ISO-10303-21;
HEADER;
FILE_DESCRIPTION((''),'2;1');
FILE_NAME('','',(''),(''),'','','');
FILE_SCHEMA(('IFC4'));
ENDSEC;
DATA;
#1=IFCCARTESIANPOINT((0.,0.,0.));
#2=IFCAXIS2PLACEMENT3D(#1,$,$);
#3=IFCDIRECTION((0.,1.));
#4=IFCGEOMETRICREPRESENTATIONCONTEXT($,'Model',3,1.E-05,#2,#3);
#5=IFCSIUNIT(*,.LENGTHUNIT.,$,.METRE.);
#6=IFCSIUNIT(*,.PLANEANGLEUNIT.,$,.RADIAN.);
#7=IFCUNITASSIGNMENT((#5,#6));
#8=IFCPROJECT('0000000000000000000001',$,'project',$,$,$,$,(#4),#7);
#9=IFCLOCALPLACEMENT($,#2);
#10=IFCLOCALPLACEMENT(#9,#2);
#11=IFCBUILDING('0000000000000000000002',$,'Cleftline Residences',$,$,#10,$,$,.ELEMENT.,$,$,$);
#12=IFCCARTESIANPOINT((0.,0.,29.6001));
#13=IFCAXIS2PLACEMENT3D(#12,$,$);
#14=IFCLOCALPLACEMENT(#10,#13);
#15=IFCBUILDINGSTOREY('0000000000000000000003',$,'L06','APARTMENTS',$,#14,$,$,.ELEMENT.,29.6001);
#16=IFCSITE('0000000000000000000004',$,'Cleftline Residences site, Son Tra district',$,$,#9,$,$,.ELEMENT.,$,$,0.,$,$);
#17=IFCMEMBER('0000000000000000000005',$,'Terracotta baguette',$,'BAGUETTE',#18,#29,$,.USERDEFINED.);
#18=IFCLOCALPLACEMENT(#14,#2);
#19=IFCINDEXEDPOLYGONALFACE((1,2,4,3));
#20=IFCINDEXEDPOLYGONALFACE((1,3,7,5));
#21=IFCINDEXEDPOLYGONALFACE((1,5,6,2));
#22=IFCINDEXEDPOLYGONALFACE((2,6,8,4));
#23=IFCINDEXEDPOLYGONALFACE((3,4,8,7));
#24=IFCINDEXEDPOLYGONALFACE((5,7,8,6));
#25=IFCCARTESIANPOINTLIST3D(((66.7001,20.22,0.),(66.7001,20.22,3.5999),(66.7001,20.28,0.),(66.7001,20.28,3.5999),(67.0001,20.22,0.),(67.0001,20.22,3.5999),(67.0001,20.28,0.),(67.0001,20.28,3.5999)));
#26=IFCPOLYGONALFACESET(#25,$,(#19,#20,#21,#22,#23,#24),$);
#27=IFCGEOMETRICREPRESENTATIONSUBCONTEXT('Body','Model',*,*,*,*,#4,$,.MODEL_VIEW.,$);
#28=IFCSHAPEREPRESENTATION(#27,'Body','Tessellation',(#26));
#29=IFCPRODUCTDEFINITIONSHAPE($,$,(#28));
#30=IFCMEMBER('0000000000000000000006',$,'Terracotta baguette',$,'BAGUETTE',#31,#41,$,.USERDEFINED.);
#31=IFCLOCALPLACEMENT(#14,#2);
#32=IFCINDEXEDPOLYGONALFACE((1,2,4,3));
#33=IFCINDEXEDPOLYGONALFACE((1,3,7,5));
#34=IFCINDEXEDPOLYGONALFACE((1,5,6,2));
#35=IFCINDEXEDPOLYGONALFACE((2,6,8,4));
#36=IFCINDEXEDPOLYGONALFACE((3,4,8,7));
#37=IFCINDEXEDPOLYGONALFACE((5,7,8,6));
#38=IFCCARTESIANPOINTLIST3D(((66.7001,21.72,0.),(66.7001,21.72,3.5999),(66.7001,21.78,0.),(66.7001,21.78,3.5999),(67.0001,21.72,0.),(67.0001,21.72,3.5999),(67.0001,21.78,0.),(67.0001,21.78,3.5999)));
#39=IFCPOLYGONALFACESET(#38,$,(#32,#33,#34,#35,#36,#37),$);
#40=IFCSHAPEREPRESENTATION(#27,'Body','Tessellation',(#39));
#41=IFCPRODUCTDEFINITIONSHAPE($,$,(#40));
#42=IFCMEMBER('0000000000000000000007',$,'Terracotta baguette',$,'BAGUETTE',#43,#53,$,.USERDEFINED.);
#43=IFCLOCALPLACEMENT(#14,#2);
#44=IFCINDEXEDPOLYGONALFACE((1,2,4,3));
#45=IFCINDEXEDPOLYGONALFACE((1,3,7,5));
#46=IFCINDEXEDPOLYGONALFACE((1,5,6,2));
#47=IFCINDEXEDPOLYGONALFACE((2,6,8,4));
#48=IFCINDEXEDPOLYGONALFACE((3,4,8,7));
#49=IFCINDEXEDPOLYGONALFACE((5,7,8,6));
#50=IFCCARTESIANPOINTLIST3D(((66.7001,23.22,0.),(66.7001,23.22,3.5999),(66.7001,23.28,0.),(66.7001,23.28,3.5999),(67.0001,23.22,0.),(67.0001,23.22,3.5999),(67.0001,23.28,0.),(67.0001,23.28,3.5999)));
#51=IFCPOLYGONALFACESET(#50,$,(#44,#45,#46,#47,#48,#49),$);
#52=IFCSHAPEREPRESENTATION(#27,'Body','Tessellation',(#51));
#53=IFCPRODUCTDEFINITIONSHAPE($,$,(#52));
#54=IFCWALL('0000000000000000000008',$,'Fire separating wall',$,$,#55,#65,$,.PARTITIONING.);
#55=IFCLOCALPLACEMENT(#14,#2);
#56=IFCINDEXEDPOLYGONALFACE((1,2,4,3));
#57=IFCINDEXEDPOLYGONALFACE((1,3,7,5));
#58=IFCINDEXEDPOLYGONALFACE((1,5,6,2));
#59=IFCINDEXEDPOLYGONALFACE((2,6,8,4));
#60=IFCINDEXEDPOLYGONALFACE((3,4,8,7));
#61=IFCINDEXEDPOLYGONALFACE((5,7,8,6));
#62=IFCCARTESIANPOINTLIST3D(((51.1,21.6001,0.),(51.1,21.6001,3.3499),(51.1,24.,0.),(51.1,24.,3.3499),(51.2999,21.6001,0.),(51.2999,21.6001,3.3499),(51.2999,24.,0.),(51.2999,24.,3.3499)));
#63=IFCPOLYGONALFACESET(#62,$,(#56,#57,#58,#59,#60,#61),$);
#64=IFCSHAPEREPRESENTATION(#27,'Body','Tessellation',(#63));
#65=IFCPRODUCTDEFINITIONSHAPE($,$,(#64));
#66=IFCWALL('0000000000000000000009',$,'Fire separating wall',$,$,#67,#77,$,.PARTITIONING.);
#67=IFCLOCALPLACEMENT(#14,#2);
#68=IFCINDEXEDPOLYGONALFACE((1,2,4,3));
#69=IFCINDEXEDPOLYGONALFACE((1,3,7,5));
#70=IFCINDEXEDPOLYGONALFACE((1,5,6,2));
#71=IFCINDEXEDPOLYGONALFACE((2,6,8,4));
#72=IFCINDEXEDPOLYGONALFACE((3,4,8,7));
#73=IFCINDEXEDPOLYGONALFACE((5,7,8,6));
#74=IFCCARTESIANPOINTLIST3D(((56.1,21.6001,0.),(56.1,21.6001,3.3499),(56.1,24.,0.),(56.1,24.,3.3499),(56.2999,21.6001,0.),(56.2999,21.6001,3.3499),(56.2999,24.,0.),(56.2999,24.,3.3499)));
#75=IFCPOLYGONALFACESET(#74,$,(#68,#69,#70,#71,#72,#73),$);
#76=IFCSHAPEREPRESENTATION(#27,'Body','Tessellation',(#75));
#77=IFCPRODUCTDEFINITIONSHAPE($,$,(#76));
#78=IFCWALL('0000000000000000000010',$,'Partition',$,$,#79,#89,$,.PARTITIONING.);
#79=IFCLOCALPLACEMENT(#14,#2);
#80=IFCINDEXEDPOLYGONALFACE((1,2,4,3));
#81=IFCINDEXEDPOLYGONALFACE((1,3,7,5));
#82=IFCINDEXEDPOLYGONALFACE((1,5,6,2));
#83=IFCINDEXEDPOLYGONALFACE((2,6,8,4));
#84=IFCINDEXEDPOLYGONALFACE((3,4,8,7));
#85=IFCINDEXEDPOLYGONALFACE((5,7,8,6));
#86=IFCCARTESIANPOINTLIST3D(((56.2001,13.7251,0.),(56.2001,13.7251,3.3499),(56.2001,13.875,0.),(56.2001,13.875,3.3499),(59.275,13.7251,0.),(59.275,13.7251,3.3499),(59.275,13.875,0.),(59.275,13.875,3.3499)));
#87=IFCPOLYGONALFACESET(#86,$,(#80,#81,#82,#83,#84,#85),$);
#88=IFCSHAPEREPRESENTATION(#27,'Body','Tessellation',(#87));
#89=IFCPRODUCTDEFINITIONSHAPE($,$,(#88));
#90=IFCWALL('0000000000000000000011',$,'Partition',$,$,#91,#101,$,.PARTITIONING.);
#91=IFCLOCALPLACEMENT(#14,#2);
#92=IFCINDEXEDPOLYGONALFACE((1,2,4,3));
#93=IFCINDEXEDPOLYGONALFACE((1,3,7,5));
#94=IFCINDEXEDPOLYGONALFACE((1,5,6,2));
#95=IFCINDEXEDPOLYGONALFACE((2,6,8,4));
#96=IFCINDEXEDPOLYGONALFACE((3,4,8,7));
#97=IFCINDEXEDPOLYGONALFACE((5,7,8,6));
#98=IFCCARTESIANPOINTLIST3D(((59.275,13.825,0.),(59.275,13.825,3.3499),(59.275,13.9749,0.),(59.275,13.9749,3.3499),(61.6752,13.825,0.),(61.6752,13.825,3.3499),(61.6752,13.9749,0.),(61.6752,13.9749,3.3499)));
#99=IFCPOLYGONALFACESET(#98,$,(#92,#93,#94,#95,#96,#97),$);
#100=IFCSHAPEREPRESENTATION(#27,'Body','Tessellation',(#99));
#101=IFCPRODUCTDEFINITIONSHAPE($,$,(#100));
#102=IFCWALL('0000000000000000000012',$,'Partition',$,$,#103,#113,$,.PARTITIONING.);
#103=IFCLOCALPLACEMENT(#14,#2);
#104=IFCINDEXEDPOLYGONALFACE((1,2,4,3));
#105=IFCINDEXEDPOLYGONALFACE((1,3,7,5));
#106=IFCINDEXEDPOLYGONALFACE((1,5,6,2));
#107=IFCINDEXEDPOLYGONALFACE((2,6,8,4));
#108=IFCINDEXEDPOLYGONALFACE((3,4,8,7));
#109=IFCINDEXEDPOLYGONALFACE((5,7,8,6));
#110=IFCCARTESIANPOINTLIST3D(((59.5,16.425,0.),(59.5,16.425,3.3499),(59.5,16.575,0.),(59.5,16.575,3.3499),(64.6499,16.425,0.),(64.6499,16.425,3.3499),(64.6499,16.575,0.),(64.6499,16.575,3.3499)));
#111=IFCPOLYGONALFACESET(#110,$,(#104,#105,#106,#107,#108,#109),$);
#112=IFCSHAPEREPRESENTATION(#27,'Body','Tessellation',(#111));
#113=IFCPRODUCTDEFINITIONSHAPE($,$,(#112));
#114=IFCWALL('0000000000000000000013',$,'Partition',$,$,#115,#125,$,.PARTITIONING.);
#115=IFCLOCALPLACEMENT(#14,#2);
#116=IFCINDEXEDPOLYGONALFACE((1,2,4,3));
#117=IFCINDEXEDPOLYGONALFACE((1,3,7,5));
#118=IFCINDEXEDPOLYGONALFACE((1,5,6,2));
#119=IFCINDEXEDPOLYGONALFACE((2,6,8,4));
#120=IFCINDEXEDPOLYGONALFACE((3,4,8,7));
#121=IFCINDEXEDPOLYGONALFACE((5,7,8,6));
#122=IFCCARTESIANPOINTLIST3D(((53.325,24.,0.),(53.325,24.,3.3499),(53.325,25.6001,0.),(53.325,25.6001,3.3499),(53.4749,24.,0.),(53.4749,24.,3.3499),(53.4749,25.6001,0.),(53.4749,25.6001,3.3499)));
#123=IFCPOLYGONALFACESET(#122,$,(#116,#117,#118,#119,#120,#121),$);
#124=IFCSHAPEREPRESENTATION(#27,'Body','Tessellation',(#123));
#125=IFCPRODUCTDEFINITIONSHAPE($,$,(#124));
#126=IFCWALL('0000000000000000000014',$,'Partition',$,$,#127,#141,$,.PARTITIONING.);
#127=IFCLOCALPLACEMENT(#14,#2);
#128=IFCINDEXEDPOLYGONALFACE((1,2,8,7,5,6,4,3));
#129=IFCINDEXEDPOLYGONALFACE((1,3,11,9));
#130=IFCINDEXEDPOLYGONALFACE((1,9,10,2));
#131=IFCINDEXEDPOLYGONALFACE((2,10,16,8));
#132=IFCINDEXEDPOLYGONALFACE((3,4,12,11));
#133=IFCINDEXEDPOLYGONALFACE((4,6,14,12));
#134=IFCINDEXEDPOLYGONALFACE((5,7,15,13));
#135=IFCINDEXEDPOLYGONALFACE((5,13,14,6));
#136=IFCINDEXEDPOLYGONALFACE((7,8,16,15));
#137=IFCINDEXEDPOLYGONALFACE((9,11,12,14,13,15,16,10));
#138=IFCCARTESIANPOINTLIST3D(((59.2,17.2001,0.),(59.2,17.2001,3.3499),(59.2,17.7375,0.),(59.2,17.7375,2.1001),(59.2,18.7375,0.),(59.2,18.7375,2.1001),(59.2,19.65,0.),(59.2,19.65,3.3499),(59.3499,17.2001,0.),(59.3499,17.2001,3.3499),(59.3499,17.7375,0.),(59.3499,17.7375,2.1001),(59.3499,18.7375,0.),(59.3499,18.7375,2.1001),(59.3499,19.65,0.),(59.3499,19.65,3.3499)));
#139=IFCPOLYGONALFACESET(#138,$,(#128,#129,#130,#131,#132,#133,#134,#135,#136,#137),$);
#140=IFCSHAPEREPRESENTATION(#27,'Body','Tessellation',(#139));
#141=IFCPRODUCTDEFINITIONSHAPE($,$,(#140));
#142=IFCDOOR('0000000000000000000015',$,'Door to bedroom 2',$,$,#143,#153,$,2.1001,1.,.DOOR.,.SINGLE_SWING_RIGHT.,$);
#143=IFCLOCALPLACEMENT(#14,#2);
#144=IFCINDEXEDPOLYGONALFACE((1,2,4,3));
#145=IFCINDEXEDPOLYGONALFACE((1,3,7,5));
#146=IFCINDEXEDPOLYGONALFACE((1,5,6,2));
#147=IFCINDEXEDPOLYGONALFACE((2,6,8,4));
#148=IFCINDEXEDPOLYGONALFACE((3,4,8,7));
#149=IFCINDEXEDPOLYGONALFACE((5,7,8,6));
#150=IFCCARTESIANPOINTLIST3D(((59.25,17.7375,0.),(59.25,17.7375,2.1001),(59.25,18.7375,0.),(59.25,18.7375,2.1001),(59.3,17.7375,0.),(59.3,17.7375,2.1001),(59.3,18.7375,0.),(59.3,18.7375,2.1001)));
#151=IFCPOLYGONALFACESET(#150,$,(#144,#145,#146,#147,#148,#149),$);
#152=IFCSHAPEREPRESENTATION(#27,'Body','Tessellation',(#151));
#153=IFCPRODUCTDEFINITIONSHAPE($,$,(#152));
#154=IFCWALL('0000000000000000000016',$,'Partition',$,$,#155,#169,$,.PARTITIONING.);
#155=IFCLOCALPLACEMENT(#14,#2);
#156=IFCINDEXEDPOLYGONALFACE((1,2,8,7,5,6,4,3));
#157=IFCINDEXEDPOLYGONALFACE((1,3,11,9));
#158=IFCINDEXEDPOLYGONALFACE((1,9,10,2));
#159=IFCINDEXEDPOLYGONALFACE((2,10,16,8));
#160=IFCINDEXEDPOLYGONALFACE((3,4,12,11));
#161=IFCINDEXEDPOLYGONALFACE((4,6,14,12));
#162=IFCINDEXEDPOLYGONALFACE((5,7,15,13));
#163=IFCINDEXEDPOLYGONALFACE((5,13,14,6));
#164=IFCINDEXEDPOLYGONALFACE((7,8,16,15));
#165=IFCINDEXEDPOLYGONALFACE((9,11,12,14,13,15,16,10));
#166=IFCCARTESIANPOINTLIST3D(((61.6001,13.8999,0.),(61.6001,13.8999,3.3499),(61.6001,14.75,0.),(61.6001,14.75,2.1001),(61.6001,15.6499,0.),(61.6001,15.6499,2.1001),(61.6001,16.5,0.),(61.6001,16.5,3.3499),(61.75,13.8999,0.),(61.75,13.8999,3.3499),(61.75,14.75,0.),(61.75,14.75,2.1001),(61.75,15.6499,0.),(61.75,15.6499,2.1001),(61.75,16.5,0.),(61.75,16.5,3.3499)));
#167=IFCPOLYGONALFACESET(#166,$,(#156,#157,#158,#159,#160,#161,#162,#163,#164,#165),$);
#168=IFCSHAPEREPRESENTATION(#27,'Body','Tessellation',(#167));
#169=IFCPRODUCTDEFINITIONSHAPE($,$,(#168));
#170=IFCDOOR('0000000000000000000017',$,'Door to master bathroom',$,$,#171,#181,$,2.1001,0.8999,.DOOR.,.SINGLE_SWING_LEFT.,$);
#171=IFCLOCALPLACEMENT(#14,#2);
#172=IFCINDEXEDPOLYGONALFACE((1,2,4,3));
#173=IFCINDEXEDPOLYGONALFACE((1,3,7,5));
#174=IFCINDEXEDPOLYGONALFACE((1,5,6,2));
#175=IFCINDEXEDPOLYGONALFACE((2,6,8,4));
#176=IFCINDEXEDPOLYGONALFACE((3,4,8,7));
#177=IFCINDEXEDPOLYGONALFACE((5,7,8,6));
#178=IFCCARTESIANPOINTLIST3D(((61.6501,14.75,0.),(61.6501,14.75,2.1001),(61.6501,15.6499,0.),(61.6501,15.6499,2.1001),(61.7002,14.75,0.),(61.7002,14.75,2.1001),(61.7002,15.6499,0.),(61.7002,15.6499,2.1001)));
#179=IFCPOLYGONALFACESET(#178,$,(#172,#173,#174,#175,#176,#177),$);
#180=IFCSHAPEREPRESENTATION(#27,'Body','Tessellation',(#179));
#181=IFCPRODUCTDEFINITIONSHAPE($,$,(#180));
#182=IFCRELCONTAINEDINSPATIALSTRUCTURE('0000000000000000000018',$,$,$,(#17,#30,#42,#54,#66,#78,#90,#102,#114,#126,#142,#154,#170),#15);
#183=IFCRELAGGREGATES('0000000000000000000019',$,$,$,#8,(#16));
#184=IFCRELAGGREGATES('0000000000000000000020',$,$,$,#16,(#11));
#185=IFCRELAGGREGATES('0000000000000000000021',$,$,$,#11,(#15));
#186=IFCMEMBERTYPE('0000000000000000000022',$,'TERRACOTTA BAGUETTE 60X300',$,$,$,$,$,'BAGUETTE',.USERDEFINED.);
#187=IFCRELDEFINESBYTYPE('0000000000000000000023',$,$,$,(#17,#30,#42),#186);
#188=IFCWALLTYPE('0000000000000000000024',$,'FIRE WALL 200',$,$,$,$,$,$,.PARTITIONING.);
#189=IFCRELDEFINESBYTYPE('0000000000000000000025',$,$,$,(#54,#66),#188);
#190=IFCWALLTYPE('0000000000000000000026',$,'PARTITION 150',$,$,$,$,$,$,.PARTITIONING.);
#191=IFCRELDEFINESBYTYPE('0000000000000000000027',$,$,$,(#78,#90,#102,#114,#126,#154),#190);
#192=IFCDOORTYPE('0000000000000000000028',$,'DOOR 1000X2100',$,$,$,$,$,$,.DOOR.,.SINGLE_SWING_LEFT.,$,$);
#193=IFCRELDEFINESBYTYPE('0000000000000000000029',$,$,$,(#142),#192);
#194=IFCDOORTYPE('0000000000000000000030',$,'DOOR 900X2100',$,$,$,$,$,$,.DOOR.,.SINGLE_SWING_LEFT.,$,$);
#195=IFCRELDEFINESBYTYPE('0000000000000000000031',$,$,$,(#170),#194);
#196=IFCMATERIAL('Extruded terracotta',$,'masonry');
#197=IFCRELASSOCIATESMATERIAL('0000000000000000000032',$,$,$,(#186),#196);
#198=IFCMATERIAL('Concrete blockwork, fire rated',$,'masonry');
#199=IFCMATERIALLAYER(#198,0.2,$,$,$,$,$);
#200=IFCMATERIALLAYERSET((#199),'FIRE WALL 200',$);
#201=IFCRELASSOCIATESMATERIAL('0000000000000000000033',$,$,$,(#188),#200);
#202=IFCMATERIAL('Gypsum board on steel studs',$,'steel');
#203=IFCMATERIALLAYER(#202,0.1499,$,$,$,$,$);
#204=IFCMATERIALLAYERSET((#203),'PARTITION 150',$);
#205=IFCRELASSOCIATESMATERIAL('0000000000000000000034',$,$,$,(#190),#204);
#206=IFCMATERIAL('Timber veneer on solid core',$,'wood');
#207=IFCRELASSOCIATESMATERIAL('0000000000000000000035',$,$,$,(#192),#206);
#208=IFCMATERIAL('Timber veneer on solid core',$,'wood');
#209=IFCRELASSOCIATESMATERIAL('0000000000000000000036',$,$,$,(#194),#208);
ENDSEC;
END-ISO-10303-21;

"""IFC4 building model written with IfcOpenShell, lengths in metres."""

from ifc_helpers import new_model, si_unit, direction, frame, frame_2d, origin, origin_2d, place, context, subcontext, project, spatial, rectangle, extrude, material, layer, layer_set, material_profile, profile_set, type_object, element, fill, save


model = new_model("IFC4")

# Units and contexts
model_context = context("Model", 3, precision=1e-05, world=origin(), true_north=direction((0.0, 1.0)))
body_context = subcontext(model_context, "Body", "Model", "MODEL_VIEW")
ifc_project = project(units=[si_unit("LENGTHUNIT", "METRE"), si_unit("PLANEANGLEUNIT", "RADIAN")], contexts=[model_context])

# Site, building, storey
site_placement = place(None, origin())
site = spatial("IfcSite", under=ifc_project, at=site_placement, Name="Cleftline Residences site, Son Tra district", CompositionType="ELEMENT", RefElevation=0.0)
building_placement = place(site_placement, origin())
building = spatial("IfcBuilding", under=site, at=building_placement, Name="Cleftline Residences", CompositionType="ELEMENT")
storey_placement = place(building_placement, frame((0.0, 0.0, 29.6001)))
storey = spatial("IfcBuildingStorey", under=building, at=storey_placement, Name="L06", Description="APARTMENTS", CompositionType="ELEMENT", Elevation=29.6001)

# Members
ifc_material_1 = material(Name="Extruded terracotta", Category="masonry")
ifc_material_profile_1 = material_profile(ifc_material_1, rectangle(XDim=0.0601, YDim=0.3, at=origin_2d()))
ifc_profile_set_1 = profile_set([ifc_material_profile_1], Name="Extruded terracotta")
member_type_1 = type_object("IfcMemberType", Name="TERRACOTTA BAGUETTE 60X300", ElementType="BAGUETTE", PredefinedType="USERDEFINED", material=ifc_profile_set_1)
for number, where, z_axis, x_axis, name in (
    (1, (66.8501, 20.25, 0.0), (0.0, 0.0, 1.0), (0.0, 1.0, 0.0), "Terracotta baguette"),
    (2, (66.8501, 21.75, 0.0), (0.0, 0.0, 1.0), (0.0, 1.0, 0.0), "Terracotta baguette"),
    (3, (66.8501, 23.25, 0.0), (0.0, 0.0, 1.0), (0.0, 1.0, 0.0), "Terracotta baguette"),
):
    element("IfcMember", number, at=place(storey_placement, frame(where, z_axis=z_axis, x_axis=x_axis)), inside=storey, type_object=member_type_1, Name=name, ObjectType="BAGUETTE", PredefinedType="USERDEFINED", context=body_context, shape_type="SweptSolid", body=[
        extrude(rectangle(XDim=0.0601, YDim=0.3, at=origin_2d()), origin(), (0.0, 0.0, 1.0), 3.5999),
    ])

# Walls
ifc_material_2 = material(Name="Concrete blockwork, fire rated", Category="masonry")
ifc_layer_1 = layer(ifc_material_2, 0.2)
ifc_layer_set_1 = layer_set([ifc_layer_1], Name="FIRE WALL 200")
wall_type_1 = type_object("IfcWallType", Name="FIRE WALL 200", PredefinedType="PARTITIONING", material=ifc_layer_set_1)
for number, where, z_axis, x_axis, name in (
    (4, (51.2, 21.6001, 0.0), (0.0, 0.0, 1.0), (0.0, 1.0, 0.0), "Fire separating wall"),
    (5, (56.2, 21.6001, 0.0), (0.0, 0.0, 1.0), (0.0, 1.0, 0.0), "Fire separating wall"),
):
    element("IfcWall", number, at=place(storey_placement, frame(where, z_axis=z_axis, x_axis=x_axis)), inside=storey, type_object=wall_type_1, Name=name, PredefinedType="PARTITIONING", context=body_context, shape_type="SweptSolid", body=[
        extrude(rectangle(XDim=2.3999, YDim=0.2, at=frame_2d((1.2, 0.0))), origin(), (0.0, 0.0, 1.0), 3.3499),
    ])
ifc_material_3 = material(Name="Gypsum board on steel studs", Category="steel")
ifc_layer_2 = layer(ifc_material_3, 0.1499)
ifc_layer_set_2 = layer_set([ifc_layer_2], Name="PARTITION 150")
wall_type_2 = type_object("IfcWallType", Name="PARTITION 150", PredefinedType="PARTITIONING", material=ifc_layer_set_2)
wall_1_placement = place(storey_placement, frame((56.2, 13.8, 0.0), z_axis=(0.0, 0.0, 1.0), x_axis=(1.0, 0.0, 0.0)))
element("IfcWall", 6, at=wall_1_placement, inside=storey, type_object=wall_type_2, Name="Partition", PredefinedType="PARTITIONING", context=body_context, shape_type="SweptSolid", body=[
    extrude(rectangle(XDim=3.075, YDim=0.1499, at=frame_2d((1.5376, 0.0))), origin(), (0.0, 0.0, 1.0), 3.3499),
])
wall_2_placement = place(storey_placement, frame((59.2749, 13.8999, 0.0), z_axis=(0.0, 0.0, 1.0), x_axis=(1.0, 0.0, 0.0)))
element("IfcWall", 7, at=wall_2_placement, inside=storey, type_object=wall_type_2, Name="Partition", PredefinedType="PARTITIONING", context=body_context, shape_type="SweptSolid", body=[
    extrude(rectangle(XDim=2.4001, YDim=0.1499, at=frame_2d((1.2002, 0.0))), origin(), (0.0, 0.0, 1.0), 3.3499),
])
wall_3_placement = place(storey_placement, frame((59.5, 16.5, 0.0), z_axis=(0.0, 0.0, 1.0), x_axis=(1.0, 0.0, 0.0)))
element("IfcWall", 8, at=wall_3_placement, inside=storey, type_object=wall_type_2, Name="Partition", PredefinedType="PARTITIONING", context=body_context, shape_type="SweptSolid", body=[
    extrude(rectangle(XDim=5.1499, YDim=0.1499, at=frame_2d((2.575, 0.0))), origin(), (0.0, 0.0, 1.0), 3.3499),
])
wall_4_placement = place(storey_placement, frame((53.3999, 24.0, 0.0), z_axis=(0.0, 0.0, 1.0), x_axis=(0.0, 1.0, 0.0)))
element("IfcWall", 9, at=wall_4_placement, inside=storey, type_object=wall_type_2, Name="Partition", PredefinedType="PARTITIONING", context=body_context, shape_type="SweptSolid", body=[
    extrude(rectangle(XDim=1.6001, YDim=0.1499, at=frame_2d((0.8, 0.0))), origin(), (0.0, 0.0, 1.0), 3.3499),
])

# Walls, openings, doors
wall_5_placement = place(storey_placement, frame((59.2749, 17.2, 0.0), z_axis=(0.0, 0.0, 1.0), x_axis=(0.0, 1.0, 0.0)))
wall_5 = element("IfcWall", 10, at=wall_5_placement, inside=storey, type_object=wall_type_2, Name="Partition", PredefinedType="PARTITIONING", context=body_context, shape_type="SweptSolid", body=[
    extrude(rectangle(XDim=2.45, YDim=0.1499, at=frame_2d((1.2251, 0.0))), origin(), (0.0, 0.0, 1.0), 3.3499),
])
opening_1_placement = place(wall_5_placement, frame((0.5376, 0.0, 0.0)))
opening_1 = element("IfcOpeningElement", 11, at=opening_1_placement, cuts=wall_5, PredefinedType="OPENING", context=body_context, shape_type="SweptSolid", body=[
    extrude(rectangle(XDim=1.0, YDim=2.1001, at=frame_2d((0.5, 1.05))), frame((0.0, 0.085, 0.0), z_axis=(0.0, -1.0, 0.0), x_axis=(1.0, 0.0, 0.0)), (0.0, 0.0, 1.0), 0.1699),
])
ifc_material_4 = material(Name="Timber veneer on solid core", Category="wood")
door_type_1 = type_object("IfcDoorType", Name="DOOR 1000X2100", OperationType="SINGLE_SWING_LEFT", PredefinedType="DOOR", material=ifc_material_4)
door_1_placement = place(opening_1_placement, origin())
door_1 = element("IfcDoor", 12, at=door_1_placement, inside=storey, type_object=door_type_1, Name="Door to bedroom 2", OperationType="SINGLE_SWING_RIGHT", OverallHeight=2.1001, OverallWidth=1.0, PredefinedType="DOOR", context=body_context, shape_type="SweptSolid", body=[
    extrude(rectangle(XDim=1.0, YDim=2.1001, at=frame_2d((0.5, 1.05))), frame((0.0, 0.0249, 0.0), z_axis=(0.0, -1.0, 0.0), x_axis=(1.0, 0.0, 0.0)), (0.0, 0.0, 1.0), 0.05),
])
fill(opening_1, door_1)
wall_6_placement = place(storey_placement, frame((61.675, 13.8999, 0.0), z_axis=(0.0, 0.0, 1.0), x_axis=(0.0, 1.0, 0.0)))
wall_6 = element("IfcWall", 13, at=wall_6_placement, inside=storey, type_object=wall_type_2, Name="Partition", PredefinedType="PARTITIONING", context=body_context, shape_type="SweptSolid", body=[
    extrude(rectangle(XDim=2.6001, YDim=0.1499, at=frame_2d((1.3, 0.0))), origin(), (0.0, 0.0, 1.0), 3.3499),
])
opening_2_placement = place(wall_6_placement, frame((0.8501, 0.0, 0.0)))
opening_2 = element("IfcOpeningElement", 14, at=opening_2_placement, cuts=wall_6, PredefinedType="OPENING", context=body_context, shape_type="SweptSolid", body=[
    extrude(rectangle(XDim=0.8999, YDim=2.1001, at=frame_2d((0.45, 1.05))), frame((0.0, 0.085, 0.0), z_axis=(0.0, -1.0, 0.0), x_axis=(1.0, 0.0, 0.0)), (0.0, 0.0, 1.0), 0.1699),
])
ifc_material_5 = material(Name="Timber veneer on solid core", Category="wood")
door_type_2 = type_object("IfcDoorType", Name="DOOR 900X2100", OperationType="SINGLE_SWING_LEFT", PredefinedType="DOOR", material=ifc_material_5)
door_2_placement = place(opening_2_placement, origin())
door_2 = element("IfcDoor", 15, at=door_2_placement, inside=storey, type_object=door_type_2, Name="Door to master bathroom", OperationType="SINGLE_SWING_LEFT", OverallHeight=2.1001, OverallWidth=0.8999, PredefinedType="DOOR", context=body_context, shape_type="SweptSolid", body=[
    extrude(rectangle(XDim=0.8999, YDim=2.1001, at=frame_2d((0.45, 1.05))), frame((0.0, 0.0249, 0.0), z_axis=(0.0, -1.0, 0.0), x_axis=(1.0, 0.0, 0.0)), (0.0, 0.0, 1.0), 0.05),
])
fill(opening_2, door_2)

save(model, "model.ifc")
